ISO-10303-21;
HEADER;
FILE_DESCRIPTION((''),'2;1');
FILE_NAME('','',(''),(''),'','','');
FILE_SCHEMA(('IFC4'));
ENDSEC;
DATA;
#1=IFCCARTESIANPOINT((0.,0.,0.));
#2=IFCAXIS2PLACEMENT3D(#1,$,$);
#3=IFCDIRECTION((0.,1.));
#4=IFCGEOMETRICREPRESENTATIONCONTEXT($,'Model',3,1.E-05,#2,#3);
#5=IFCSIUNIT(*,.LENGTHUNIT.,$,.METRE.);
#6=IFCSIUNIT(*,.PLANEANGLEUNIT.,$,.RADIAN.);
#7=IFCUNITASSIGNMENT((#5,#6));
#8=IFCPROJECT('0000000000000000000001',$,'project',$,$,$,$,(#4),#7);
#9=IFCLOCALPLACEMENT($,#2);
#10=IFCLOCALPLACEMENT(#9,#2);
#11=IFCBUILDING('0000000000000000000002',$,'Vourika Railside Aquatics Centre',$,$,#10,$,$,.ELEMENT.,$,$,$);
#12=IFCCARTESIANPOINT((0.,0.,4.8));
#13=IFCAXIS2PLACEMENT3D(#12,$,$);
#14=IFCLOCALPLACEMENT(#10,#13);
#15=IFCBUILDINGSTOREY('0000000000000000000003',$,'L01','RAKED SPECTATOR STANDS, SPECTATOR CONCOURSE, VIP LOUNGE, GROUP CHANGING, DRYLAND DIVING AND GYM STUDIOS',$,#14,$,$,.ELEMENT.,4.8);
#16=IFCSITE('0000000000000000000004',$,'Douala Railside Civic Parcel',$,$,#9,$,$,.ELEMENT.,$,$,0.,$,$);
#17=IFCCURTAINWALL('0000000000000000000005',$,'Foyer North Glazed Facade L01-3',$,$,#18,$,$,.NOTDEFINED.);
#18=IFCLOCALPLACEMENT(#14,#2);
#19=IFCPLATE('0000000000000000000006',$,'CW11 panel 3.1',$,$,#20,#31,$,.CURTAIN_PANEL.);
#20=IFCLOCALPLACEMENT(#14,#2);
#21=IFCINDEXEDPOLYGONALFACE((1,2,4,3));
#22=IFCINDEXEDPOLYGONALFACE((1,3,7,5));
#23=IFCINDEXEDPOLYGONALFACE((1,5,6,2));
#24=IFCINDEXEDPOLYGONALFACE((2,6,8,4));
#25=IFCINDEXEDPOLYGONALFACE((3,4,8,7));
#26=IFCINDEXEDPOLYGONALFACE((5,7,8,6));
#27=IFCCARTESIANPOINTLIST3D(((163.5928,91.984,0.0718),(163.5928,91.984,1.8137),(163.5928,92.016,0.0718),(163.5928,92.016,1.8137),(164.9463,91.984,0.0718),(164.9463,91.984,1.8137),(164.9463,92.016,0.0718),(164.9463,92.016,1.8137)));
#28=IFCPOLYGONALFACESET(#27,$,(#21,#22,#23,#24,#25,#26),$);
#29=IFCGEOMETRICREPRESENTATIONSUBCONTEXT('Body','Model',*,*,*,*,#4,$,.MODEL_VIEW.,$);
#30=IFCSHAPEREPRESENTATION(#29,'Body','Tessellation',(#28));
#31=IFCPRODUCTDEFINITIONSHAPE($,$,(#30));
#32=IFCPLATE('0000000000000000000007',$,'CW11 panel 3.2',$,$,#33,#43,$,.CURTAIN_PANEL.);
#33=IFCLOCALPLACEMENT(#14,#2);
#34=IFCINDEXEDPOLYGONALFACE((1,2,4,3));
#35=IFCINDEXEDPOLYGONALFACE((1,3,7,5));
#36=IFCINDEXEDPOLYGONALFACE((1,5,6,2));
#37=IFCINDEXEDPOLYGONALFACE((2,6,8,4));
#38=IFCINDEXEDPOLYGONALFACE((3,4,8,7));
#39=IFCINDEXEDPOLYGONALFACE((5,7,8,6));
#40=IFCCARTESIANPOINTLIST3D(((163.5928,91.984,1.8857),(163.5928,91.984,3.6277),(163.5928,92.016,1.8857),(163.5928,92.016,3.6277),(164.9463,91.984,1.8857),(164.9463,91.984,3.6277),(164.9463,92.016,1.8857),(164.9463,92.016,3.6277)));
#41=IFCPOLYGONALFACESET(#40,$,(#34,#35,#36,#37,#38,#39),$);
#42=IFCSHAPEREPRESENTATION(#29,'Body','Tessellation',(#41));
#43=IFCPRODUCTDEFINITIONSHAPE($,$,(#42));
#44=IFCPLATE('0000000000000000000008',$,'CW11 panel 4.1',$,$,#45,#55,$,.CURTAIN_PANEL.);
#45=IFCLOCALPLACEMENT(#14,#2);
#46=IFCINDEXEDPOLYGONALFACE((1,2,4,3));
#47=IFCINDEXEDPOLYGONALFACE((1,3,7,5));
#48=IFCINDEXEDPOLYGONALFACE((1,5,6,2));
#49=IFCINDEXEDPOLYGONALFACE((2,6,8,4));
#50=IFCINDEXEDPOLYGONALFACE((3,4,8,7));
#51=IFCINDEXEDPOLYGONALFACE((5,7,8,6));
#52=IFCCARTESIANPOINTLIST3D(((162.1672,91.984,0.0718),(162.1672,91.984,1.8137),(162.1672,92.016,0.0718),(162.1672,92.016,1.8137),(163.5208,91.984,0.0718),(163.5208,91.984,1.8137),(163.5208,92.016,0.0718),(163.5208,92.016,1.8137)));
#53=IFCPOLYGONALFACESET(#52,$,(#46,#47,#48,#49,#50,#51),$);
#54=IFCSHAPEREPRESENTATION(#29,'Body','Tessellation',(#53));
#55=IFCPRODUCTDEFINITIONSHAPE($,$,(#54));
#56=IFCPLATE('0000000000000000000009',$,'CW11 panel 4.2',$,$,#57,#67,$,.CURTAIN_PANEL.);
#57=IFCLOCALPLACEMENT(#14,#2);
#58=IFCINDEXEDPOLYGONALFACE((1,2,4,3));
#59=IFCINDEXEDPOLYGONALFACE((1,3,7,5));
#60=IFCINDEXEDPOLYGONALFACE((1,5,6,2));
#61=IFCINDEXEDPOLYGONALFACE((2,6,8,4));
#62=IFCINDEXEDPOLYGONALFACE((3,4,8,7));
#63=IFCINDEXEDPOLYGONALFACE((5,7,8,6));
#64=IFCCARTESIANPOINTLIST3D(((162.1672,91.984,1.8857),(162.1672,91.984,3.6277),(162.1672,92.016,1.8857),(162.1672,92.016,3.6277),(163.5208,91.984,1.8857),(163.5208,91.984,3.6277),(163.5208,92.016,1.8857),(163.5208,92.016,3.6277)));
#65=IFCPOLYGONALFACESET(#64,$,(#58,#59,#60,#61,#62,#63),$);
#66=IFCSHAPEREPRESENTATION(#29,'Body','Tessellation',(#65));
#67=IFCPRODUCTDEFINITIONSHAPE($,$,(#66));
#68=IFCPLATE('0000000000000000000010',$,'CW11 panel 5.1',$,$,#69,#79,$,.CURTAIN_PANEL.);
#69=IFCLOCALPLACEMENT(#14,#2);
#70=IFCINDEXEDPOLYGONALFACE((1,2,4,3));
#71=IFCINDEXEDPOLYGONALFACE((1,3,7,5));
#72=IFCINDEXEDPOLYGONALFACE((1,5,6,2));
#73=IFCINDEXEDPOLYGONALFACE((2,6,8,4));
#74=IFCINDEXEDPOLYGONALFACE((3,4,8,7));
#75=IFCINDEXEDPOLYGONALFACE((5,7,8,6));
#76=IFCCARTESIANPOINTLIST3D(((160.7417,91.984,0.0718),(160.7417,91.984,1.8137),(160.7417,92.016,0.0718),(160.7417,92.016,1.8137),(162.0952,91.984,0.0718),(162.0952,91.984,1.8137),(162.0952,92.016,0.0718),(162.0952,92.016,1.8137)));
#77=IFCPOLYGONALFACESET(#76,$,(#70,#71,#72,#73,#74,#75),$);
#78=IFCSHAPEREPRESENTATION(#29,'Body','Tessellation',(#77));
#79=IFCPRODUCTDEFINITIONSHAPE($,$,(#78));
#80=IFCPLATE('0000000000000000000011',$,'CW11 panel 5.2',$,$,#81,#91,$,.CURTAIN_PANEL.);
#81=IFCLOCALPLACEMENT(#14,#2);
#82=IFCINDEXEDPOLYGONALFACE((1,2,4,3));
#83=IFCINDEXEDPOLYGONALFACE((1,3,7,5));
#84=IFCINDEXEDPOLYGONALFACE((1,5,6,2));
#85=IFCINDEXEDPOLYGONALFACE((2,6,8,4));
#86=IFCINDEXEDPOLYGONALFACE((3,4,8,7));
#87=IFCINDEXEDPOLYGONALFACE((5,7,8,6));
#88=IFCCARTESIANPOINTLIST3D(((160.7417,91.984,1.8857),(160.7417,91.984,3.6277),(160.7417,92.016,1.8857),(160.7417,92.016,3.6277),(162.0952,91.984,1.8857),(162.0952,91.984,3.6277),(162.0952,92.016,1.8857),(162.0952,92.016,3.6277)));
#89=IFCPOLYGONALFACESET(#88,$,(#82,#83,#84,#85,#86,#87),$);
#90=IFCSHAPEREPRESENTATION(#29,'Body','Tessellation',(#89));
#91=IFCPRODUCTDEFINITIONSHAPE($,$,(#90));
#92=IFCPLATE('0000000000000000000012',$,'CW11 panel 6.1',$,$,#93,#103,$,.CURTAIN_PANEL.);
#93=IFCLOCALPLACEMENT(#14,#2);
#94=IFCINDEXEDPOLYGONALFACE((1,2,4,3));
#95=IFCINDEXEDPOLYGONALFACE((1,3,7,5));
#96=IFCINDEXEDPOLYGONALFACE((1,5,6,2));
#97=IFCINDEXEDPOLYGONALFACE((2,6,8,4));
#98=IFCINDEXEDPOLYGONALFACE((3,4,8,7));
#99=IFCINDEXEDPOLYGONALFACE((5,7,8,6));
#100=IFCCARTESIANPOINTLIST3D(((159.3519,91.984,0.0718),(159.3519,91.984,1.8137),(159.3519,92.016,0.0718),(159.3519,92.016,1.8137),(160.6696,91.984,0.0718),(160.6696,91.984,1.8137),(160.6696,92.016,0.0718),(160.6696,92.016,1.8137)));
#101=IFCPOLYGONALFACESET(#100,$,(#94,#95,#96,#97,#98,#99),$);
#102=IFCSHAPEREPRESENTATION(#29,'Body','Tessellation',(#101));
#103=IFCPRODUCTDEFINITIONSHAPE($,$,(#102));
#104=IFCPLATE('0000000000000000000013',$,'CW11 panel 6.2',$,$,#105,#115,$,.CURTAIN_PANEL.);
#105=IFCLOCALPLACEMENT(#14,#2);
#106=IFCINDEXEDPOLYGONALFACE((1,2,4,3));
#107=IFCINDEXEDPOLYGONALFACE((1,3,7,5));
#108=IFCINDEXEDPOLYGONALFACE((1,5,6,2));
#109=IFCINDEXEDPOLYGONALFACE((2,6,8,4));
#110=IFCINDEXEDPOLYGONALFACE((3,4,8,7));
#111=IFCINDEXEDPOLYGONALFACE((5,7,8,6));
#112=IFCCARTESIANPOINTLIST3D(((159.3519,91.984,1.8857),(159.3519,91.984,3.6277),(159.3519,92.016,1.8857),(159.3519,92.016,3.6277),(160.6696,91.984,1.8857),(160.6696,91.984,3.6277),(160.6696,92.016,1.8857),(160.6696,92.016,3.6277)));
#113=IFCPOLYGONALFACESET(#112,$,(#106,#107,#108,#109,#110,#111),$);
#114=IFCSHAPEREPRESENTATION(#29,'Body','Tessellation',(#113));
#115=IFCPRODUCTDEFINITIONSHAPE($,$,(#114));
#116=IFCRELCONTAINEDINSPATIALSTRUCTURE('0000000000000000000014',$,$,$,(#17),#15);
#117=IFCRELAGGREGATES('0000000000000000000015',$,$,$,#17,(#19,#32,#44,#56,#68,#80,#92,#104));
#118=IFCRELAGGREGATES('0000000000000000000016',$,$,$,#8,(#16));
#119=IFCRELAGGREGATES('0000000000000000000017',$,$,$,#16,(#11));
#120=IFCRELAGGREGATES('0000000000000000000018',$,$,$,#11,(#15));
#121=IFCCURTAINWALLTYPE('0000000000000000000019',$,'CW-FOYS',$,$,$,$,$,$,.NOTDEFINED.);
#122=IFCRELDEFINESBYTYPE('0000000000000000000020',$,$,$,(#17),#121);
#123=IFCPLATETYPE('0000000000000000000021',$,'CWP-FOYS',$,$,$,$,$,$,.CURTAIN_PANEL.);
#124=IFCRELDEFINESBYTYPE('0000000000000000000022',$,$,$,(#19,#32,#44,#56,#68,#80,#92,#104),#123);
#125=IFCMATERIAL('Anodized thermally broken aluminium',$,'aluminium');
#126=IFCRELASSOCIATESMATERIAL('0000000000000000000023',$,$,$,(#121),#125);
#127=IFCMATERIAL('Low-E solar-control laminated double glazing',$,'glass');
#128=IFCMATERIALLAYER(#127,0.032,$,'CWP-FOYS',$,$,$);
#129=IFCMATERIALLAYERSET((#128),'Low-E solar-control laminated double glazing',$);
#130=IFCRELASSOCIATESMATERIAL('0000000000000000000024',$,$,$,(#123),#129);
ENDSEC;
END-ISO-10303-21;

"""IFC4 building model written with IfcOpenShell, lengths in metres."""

from ifc_helpers import new_model, si_unit, direction, frame, origin, origin_2d, place, context, subcontext, project, spatial, rectangle, extrude, material, layer, layer_set, type_object, element, aggregate, save


model = new_model("IFC4")

# Units and contexts
model_context = context("Model", 3, precision=1e-05, world=origin(), true_north=direction((0.0, 1.0)))
body_context = subcontext(model_context, "Body", "Model", "MODEL_VIEW")
ifc_project = project(units=[si_unit("LENGTHUNIT", "METRE"), si_unit("PLANEANGLEUNIT", "RADIAN")], contexts=[model_context])

# Site, building, storey
site_placement = place(None, origin())
site = spatial("IfcSite", under=ifc_project, at=site_placement, Name="Douala Railside Civic Parcel", CompositionType="ELEMENT", RefElevation=0.0)
building_placement = place(site_placement, origin())
building = spatial("IfcBuilding", under=site, at=building_placement, Name="Vourika Railside Aquatics Centre", CompositionType="ELEMENT")
storey_placement = place(building_placement, frame((0.0, 0.0, 4.8)))
storey = spatial("IfcBuildingStorey", under=building, at=storey_placement, Name="L01", Description="RAKED SPECTATOR STANDS, SPECTATOR CONCOURSE, VIP LOUNGE, GROUP CHANGING, DRYLAND DIVING AND GYM STUDIOS", CompositionType="ELEMENT", Elevation=4.8)

# Curtain wall, plates
ifc_material_1 = material(Name="Anodized thermally broken aluminium", Category="aluminium")
curtain_wall_type = type_object("IfcCurtainWallType", Name="CW-FOYS", PredefinedType="NOTDEFINED", material=ifc_material_1)
curtain_wall_placement = place(storey_placement, origin())
curtain_wall = element("IfcCurtainWall", 1, at=curtain_wall_placement, inside=storey, type_object=curtain_wall_type, Name="Foyer North Glazed Facade L01-3", PredefinedType="NOTDEFINED")
ifc_material_2 = material(Name="Low-E solar-control laminated double glazing", Category="glass")
ifc_layer = layer(ifc_material_2, 0.032, Name="CWP-FOYS")
ifc_layer_set = layer_set([ifc_layer], Name="Low-E solar-control laminated double glazing")
plate_type = type_object("IfcPlateType", Name="CWP-FOYS", PredefinedType="CURTAIN_PANEL", material=ifc_layer_set)
plate_1_placement = place(storey_placement, frame((164.2695, 92.0, 0.0718), z_axis=(0.0, 0.0, 1.0), x_axis=(-1.0, 0.0, 0.0)))
plate_1 = element("IfcPlate", 2, at=plate_1_placement, type_object=plate_type, Name="CW11 panel 3.1", PredefinedType="CURTAIN_PANEL", context=body_context, shape_type="SweptSolid", body=[
    extrude(rectangle(XDim=1.3535, YDim=0.032, at=origin_2d()), origin(), (0.0, 0.0, 1.0), 1.7419),
])
plate_2_placement = place(storey_placement, frame((164.2695, 92.0, 1.8857), z_axis=(0.0, 0.0, 1.0), x_axis=(-1.0, 0.0, 0.0)))
plate_2 = element("IfcPlate", 3, at=plate_2_placement, type_object=plate_type, Name="CW11 panel 3.2", PredefinedType="CURTAIN_PANEL", context=body_context, shape_type="SweptSolid", body=[
    extrude(rectangle(XDim=1.3535, YDim=0.032, at=origin_2d()), origin(), (0.0, 0.0, 1.0), 1.7419),
])
plate_3_placement = place(storey_placement, frame((162.844, 92.0, 0.0718), z_axis=(0.0, 0.0, 1.0), x_axis=(-1.0, 0.0, 0.0)))
plate_3 = element("IfcPlate", 4, at=plate_3_placement, type_object=plate_type, Name="CW11 panel 4.1", PredefinedType="CURTAIN_PANEL", context=body_context, shape_type="SweptSolid", body=[
    extrude(rectangle(XDim=1.3535, YDim=0.032, at=origin_2d()), origin(), (0.0, 0.0, 1.0), 1.7419),
])
plate_4_placement = place(storey_placement, frame((162.844, 92.0, 1.8857), z_axis=(0.0, 0.0, 1.0), x_axis=(-1.0, 0.0, 0.0)))
plate_4 = element("IfcPlate", 5, at=plate_4_placement, type_object=plate_type, Name="CW11 panel 4.2", PredefinedType="CURTAIN_PANEL", context=body_context, shape_type="SweptSolid", body=[
    extrude(rectangle(XDim=1.3535, YDim=0.032, at=origin_2d()), origin(), (0.0, 0.0, 1.0), 1.7419),
])
plate_5_placement = place(storey_placement, frame((161.4185, 92.0, 0.0718), z_axis=(0.0, 0.0, 1.0), x_axis=(-1.0, 0.0, 0.0)))
plate_5 = element("IfcPlate", 6, at=plate_5_placement, type_object=plate_type, Name="CW11 panel 5.1", PredefinedType="CURTAIN_PANEL", context=body_context, shape_type="SweptSolid", body=[
    extrude(rectangle(XDim=1.3535, YDim=0.032, at=origin_2d()), origin(), (0.0, 0.0, 1.0), 1.7419),
])
plate_6_placement = place(storey_placement, frame((161.4185, 92.0, 1.8857), z_axis=(0.0, 0.0, 1.0), x_axis=(-1.0, 0.0, 0.0)))
plate_6 = element("IfcPlate", 7, at=plate_6_placement, type_object=plate_type, Name="CW11 panel 5.2", PredefinedType="CURTAIN_PANEL", context=body_context, shape_type="SweptSolid", body=[
    extrude(rectangle(XDim=1.3535, YDim=0.032, at=origin_2d()), origin(), (0.0, 0.0, 1.0), 1.7419),
])
plate_7_placement = place(storey_placement, frame((160.0107, 92.0, 0.0718), z_axis=(0.0, 0.0, 1.0), x_axis=(-1.0, 0.0, 0.0)))
plate_7 = element("IfcPlate", 8, at=plate_7_placement, type_object=plate_type, Name="CW11 panel 6.1", PredefinedType="CURTAIN_PANEL", context=body_context, shape_type="SweptSolid", body=[
    extrude(rectangle(XDim=1.3176, YDim=0.032, at=origin_2d()), origin(), (0.0, 0.0, 1.0), 1.7419),
])
plate_8_placement = place(storey_placement, frame((160.0107, 92.0, 1.8857), z_axis=(0.0, 0.0, 1.0), x_axis=(-1.0, 0.0, 0.0)))
plate_8 = element("IfcPlate", 9, at=plate_8_placement, type_object=plate_type, Name="CW11 panel 6.2", PredefinedType="CURTAIN_PANEL", context=body_context, shape_type="SweptSolid", body=[
    extrude(rectangle(XDim=1.3176, YDim=0.032, at=origin_2d()), origin(), (0.0, 0.0, 1.0), 1.7419),
])
aggregate(curtain_wall, [plate_1, plate_2, plate_3, plate_4, plate_5, plate_6, plate_7, plate_8])

save(model, "model.ifc")
